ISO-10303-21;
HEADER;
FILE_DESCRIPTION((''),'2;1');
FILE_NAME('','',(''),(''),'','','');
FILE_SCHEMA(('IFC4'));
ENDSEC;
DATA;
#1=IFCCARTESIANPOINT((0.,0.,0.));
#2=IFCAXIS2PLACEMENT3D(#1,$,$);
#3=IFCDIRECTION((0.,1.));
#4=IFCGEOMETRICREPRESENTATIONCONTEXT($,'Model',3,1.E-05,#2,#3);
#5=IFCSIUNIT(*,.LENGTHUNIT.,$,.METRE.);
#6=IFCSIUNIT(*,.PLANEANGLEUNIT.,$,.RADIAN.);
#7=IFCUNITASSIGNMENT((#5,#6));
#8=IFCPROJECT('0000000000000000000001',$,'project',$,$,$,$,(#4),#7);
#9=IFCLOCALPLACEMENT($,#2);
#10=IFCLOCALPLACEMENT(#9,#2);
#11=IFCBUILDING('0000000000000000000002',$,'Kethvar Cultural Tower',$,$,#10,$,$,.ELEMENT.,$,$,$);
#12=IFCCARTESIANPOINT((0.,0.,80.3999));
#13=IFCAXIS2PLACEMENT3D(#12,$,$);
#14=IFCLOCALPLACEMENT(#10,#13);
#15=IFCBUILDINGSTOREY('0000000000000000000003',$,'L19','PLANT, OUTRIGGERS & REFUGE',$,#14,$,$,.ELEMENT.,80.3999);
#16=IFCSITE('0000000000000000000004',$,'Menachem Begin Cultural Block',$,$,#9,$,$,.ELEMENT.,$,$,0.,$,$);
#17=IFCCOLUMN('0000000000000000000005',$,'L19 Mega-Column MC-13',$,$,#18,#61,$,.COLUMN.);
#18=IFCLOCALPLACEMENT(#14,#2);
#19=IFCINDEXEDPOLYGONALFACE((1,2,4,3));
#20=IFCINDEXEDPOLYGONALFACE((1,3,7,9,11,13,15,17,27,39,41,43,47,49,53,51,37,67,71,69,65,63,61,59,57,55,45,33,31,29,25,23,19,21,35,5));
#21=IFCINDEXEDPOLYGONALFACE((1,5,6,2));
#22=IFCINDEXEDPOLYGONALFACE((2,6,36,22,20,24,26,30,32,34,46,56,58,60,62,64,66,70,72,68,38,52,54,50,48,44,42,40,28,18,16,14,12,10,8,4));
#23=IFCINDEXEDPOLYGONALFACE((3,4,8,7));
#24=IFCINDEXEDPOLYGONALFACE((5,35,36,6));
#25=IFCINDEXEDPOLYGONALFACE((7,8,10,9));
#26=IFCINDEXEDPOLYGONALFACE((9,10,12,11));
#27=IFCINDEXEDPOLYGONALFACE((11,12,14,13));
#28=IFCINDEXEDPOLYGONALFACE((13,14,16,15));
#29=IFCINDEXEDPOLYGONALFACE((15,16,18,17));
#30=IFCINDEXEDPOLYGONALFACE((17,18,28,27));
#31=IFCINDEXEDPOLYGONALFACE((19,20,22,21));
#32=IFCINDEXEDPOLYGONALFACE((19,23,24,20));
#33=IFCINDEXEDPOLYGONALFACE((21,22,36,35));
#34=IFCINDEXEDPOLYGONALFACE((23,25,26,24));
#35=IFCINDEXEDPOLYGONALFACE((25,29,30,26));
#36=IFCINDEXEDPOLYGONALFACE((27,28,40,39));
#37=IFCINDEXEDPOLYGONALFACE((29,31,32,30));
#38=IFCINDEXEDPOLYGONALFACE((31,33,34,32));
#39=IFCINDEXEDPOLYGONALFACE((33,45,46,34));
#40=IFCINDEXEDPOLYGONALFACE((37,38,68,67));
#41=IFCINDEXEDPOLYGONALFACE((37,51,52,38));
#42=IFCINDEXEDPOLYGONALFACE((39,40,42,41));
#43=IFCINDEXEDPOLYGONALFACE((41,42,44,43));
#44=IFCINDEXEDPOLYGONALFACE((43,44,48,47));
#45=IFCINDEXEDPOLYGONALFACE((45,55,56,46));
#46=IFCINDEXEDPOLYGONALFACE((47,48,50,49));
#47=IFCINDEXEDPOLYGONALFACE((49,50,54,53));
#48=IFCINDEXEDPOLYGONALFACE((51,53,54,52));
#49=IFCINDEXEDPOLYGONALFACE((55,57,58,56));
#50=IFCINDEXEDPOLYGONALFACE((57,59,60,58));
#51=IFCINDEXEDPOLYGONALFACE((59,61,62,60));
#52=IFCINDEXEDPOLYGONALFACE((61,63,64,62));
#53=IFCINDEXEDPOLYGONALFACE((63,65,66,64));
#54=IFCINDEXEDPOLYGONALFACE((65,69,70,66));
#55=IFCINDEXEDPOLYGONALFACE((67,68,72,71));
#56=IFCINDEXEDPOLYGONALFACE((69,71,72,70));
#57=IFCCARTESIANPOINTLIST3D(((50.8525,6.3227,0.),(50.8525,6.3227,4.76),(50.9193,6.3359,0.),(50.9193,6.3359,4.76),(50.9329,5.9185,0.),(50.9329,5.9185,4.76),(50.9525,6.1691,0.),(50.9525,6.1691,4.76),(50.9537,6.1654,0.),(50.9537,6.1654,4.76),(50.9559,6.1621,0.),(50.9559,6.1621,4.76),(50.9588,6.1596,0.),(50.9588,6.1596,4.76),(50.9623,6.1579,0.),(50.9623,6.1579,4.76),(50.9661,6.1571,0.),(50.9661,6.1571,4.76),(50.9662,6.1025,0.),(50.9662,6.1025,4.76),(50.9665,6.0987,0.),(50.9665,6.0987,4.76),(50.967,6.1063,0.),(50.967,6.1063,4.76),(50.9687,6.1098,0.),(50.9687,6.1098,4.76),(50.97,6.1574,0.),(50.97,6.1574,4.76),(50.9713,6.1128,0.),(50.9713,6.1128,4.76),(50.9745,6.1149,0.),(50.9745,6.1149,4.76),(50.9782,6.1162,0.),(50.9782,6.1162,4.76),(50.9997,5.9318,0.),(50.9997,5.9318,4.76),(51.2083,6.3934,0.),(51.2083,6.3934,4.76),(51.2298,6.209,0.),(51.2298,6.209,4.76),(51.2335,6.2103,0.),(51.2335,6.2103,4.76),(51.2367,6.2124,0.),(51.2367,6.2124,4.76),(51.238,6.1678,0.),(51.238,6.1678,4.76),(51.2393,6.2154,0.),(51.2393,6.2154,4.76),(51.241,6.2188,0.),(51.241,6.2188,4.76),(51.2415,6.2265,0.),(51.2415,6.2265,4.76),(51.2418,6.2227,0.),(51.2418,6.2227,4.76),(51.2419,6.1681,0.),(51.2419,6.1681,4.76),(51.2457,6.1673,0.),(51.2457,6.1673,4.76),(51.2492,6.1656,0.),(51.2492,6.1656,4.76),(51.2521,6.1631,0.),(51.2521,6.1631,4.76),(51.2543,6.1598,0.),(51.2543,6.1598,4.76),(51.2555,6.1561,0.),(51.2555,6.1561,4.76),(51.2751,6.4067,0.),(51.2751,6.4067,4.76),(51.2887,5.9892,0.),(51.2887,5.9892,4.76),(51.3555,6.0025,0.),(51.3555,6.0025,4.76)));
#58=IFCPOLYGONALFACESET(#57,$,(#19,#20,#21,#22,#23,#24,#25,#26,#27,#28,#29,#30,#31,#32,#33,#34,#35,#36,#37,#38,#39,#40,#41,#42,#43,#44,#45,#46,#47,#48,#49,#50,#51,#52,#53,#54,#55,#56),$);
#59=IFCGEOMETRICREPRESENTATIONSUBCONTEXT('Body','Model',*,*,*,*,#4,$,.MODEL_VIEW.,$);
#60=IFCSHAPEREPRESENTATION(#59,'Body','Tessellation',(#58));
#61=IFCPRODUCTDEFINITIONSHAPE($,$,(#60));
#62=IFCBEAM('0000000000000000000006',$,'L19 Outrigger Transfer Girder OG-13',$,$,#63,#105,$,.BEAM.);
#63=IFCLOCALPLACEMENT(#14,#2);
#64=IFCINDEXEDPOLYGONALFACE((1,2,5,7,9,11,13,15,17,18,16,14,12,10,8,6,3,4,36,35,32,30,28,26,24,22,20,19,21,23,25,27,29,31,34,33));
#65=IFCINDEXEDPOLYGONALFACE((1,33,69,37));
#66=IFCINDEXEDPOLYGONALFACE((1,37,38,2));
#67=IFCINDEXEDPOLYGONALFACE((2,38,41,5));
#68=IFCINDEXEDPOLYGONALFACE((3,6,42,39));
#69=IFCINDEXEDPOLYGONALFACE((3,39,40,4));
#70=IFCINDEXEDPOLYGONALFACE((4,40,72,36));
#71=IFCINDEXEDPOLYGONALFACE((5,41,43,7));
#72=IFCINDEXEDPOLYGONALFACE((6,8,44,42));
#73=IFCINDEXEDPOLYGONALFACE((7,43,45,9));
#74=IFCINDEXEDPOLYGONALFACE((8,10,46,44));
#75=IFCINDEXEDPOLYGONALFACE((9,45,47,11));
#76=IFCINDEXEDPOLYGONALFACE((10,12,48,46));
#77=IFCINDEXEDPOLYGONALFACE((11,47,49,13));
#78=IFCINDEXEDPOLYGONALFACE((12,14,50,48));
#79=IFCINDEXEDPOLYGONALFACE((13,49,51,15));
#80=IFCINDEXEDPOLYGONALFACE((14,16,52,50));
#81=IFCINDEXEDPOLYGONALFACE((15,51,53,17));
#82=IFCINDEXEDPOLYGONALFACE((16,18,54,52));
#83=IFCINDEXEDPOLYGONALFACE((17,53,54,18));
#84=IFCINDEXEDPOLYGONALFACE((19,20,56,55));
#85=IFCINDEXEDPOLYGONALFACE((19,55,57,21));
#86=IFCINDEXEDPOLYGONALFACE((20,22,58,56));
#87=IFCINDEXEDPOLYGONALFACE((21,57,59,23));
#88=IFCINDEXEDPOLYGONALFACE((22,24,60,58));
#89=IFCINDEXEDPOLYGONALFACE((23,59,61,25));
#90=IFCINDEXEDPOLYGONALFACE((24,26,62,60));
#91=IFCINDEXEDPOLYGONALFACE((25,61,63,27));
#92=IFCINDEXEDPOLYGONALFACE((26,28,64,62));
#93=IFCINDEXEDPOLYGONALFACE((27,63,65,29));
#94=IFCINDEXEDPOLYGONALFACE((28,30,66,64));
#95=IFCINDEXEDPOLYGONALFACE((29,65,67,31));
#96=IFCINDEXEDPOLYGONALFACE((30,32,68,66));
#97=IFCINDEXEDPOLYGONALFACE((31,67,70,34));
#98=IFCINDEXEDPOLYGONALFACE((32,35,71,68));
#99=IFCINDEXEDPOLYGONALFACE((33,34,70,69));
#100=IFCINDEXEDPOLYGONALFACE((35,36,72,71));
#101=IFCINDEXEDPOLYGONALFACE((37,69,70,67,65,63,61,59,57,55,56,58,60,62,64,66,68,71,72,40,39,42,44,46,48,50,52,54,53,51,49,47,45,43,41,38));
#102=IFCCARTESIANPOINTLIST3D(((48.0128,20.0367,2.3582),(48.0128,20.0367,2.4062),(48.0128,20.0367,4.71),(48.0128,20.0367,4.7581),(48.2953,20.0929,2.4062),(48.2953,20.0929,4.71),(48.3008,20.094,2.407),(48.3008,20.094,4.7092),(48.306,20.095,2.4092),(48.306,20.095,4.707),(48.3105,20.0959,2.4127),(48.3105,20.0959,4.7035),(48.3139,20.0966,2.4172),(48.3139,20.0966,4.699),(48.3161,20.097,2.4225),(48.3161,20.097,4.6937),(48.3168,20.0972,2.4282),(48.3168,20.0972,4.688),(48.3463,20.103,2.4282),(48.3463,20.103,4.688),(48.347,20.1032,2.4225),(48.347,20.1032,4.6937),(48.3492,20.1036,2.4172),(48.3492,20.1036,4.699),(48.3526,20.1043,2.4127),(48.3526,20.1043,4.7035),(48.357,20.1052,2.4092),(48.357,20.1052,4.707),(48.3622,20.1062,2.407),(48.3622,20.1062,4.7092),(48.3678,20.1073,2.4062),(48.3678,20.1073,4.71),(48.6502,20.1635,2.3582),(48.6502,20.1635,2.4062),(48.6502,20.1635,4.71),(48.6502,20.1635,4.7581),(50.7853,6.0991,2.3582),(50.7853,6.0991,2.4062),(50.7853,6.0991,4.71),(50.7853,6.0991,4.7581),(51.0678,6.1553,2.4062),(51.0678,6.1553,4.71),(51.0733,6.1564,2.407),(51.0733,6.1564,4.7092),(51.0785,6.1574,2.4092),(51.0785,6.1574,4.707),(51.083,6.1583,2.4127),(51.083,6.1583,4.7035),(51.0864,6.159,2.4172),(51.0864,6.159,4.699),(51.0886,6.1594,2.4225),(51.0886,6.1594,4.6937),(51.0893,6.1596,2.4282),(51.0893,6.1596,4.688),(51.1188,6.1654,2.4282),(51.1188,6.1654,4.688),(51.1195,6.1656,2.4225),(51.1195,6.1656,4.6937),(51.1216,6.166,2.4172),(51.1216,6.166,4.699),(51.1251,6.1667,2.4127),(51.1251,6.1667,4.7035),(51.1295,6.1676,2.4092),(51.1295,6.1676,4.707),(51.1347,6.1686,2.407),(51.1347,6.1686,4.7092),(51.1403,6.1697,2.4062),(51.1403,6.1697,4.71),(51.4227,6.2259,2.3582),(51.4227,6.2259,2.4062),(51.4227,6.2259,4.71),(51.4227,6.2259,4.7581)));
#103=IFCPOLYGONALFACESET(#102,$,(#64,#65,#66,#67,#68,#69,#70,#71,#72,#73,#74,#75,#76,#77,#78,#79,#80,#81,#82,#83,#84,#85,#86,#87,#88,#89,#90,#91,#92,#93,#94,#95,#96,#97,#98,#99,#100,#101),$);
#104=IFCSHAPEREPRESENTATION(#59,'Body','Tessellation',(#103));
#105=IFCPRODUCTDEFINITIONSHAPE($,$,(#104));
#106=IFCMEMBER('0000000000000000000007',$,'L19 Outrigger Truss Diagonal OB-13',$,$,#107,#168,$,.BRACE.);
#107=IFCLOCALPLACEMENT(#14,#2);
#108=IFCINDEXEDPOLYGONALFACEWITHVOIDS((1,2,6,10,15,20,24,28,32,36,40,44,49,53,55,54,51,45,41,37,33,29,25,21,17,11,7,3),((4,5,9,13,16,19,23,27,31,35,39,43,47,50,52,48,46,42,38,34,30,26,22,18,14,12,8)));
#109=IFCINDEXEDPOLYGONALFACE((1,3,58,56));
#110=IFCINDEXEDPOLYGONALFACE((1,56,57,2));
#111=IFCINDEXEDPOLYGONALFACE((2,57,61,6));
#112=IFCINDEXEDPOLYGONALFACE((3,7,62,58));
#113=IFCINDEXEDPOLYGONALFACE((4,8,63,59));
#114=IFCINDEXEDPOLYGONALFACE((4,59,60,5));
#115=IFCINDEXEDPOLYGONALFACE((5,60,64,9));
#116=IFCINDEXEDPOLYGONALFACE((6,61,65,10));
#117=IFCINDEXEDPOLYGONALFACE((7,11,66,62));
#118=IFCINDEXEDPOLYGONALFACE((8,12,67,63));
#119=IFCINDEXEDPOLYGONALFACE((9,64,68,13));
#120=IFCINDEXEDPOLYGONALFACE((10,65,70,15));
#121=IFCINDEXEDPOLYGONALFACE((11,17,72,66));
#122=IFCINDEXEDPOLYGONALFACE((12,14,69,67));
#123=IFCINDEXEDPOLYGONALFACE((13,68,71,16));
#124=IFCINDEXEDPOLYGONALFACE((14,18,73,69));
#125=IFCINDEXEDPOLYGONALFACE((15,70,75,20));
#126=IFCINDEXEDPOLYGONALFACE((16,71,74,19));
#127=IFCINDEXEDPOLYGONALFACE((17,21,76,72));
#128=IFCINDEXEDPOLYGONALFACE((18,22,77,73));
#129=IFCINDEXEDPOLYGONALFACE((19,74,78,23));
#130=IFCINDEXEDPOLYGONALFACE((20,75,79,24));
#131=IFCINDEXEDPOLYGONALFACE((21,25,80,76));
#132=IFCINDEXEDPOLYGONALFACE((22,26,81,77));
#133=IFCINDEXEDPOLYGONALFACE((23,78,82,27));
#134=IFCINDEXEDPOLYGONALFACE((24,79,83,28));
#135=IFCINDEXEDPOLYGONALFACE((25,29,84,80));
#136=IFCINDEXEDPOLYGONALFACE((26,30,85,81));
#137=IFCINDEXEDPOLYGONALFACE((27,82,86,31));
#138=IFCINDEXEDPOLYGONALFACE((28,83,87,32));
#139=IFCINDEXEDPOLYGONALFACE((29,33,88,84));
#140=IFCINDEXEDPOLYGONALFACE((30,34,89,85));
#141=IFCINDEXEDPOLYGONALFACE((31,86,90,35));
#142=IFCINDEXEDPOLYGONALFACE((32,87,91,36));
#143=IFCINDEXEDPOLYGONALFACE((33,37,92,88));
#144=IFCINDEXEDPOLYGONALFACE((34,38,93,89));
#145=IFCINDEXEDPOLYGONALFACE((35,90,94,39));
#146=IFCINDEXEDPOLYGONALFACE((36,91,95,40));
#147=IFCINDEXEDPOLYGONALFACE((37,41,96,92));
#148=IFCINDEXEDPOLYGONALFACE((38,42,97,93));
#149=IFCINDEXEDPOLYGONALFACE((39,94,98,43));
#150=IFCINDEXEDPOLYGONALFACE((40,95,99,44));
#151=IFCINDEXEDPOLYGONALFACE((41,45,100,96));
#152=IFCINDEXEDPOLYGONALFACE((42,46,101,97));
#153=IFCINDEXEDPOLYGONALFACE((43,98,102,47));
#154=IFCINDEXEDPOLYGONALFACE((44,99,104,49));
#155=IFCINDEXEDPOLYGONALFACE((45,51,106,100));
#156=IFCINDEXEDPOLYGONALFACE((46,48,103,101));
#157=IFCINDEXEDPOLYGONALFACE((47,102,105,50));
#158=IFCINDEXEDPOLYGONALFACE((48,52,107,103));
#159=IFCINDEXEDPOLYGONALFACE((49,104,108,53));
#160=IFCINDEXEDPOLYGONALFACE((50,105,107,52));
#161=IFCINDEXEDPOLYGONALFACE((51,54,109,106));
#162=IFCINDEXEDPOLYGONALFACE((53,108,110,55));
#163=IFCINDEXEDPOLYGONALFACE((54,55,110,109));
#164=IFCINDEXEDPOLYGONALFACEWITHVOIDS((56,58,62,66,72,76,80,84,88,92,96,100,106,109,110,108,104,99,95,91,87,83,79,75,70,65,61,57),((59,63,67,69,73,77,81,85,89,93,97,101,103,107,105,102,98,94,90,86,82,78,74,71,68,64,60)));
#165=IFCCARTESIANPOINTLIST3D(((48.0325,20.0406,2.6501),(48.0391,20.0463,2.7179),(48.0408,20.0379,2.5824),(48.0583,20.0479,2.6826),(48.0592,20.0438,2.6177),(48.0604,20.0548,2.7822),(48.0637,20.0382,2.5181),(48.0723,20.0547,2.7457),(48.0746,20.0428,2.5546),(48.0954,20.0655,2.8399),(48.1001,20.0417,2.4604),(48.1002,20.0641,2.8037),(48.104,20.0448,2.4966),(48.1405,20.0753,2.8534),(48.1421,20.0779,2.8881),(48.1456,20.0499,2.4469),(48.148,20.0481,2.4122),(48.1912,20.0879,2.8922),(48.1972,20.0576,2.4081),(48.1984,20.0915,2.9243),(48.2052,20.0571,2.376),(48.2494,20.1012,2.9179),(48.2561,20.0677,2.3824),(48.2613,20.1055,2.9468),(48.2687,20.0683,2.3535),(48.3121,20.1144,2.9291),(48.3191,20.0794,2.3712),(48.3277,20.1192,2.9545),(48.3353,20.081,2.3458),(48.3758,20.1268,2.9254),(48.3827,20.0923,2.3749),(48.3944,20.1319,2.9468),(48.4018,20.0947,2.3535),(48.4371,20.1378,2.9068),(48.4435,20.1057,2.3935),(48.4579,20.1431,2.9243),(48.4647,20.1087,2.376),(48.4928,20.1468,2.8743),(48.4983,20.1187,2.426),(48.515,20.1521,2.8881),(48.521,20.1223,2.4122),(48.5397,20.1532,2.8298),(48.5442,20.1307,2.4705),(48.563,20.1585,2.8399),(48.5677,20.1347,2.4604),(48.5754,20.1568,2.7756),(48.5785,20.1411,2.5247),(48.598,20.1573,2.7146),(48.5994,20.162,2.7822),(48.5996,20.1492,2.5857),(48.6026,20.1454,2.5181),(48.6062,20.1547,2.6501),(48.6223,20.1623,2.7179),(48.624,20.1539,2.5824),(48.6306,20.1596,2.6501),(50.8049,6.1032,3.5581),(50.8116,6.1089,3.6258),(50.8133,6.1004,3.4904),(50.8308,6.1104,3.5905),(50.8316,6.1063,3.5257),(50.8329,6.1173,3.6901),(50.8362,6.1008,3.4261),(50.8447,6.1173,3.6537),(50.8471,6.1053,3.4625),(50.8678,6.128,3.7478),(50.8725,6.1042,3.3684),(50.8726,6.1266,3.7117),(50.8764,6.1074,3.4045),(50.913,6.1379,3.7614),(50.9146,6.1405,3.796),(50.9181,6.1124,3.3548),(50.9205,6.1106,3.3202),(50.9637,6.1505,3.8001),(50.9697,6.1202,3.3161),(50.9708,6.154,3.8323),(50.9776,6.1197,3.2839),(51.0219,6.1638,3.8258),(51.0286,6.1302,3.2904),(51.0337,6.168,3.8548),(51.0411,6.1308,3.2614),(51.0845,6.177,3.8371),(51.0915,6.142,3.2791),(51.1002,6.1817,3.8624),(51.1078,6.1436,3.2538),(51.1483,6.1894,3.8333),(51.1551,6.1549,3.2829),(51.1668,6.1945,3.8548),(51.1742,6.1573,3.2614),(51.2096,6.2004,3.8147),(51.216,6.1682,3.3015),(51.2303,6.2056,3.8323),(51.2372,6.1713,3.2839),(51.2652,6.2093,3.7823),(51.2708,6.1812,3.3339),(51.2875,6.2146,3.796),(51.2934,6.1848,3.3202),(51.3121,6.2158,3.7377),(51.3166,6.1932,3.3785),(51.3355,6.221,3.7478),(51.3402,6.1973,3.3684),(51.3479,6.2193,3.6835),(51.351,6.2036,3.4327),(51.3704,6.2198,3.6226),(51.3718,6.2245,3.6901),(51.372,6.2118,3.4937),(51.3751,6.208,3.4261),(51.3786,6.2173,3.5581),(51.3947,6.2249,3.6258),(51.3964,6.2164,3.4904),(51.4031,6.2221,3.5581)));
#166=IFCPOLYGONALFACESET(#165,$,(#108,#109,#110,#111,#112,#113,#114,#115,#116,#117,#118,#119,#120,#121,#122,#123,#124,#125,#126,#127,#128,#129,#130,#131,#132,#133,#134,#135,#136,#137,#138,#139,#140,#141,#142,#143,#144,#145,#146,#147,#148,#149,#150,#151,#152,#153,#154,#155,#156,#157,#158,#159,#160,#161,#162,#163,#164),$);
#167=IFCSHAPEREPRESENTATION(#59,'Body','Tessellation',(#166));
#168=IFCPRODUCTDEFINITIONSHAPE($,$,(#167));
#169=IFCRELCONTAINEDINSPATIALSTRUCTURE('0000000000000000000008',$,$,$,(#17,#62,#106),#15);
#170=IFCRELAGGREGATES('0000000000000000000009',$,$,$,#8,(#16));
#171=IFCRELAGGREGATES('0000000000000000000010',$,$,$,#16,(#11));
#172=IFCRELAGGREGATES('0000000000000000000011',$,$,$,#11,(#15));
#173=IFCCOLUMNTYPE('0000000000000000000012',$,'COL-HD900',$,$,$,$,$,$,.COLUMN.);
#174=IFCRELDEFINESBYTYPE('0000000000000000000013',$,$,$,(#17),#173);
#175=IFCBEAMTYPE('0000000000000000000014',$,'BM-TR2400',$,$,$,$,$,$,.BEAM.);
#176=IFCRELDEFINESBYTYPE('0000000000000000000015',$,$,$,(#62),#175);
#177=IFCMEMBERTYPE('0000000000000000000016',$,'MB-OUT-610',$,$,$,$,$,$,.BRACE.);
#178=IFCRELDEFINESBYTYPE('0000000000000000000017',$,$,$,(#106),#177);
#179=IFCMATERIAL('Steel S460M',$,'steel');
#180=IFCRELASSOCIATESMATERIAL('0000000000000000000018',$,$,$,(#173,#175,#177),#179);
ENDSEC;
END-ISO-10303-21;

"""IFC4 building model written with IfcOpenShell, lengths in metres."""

from ifc_helpers import new_model, si_unit, direction, frame, origin, origin_2d, place, context, subcontext, project, spatial, hollow_circle, i_section, extrude, source, transform, mapped, material, material_profile, profile_set, type_object, element, save


model = new_model("IFC4")

# Units and contexts
model_context = context("Model", 3, precision=1e-05, world=origin(), true_north=direction((0.0, 1.0)))
body_context = subcontext(model_context, "Body", "Model", "MODEL_VIEW")
ifc_project = project(units=[si_unit("LENGTHUNIT", "METRE"), si_unit("PLANEANGLEUNIT", "RADIAN")], contexts=[model_context])

# Site, building, storey
site_placement = place(None, origin())
site = spatial("IfcSite", under=ifc_project, at=site_placement, Name="Menachem Begin Cultural Block", CompositionType="ELEMENT", RefElevation=0.0)
building_placement = place(site_placement, origin())
building = spatial("IfcBuilding", under=site, at=building_placement, Name="Kethvar Cultural Tower", CompositionType="ELEMENT")
storey_placement = place(building_placement, frame((0.0, 0.0, 80.3999)))
storey = spatial("IfcBuildingStorey", under=building, at=storey_placement, Name="L19", Description="PLANT, OUTRIGGERS & REFUGE", CompositionType="ELEMENT", Elevation=80.3999)

# Column
ifc_material_1 = material(Name="Steel S460M", Category="steel")
ifc_material_profile_1 = material_profile(ifc_material_1, i_section(OverallWidth=0.4121, OverallDepth=0.4309, WebThickness=0.042, FlangeThickness=0.0681, FilletRadius=0.0149, at=origin_2d()), Name="Steel S460M — HD400x900")
ifc_profile_set_1 = profile_set([ifc_material_profile_1], Name="Steel S460M — HD400x900")
column_type = type_object("IfcColumnType", Name="COL-HD900", PredefinedType="COLUMN", material=ifc_profile_set_1)
shared_shape_1 = source(origin(), body_context, "Body", "SweptSolid", [
    extrude(i_section(OverallWidth=0.4121, OverallDepth=0.4309, WebThickness=0.042, FlangeThickness=0.0681, FilletRadius=0.0149, at=origin_2d()), origin(), (0.0, 0.0, 1.0), 4.76),
])
column_placement = place(storey_placement, frame((51.104, 6.1626, 0.0), z_axis=(0.0, 0.0, 1.0), x_axis=(0.19509, -0.980785, 0.0)))
element("IfcColumn", 1, at=column_placement, inside=storey, type_object=column_type, Name="L19 Mega-Column MC-13", PredefinedType="COLUMN", context=body_context, shape_type="MappedRepresentation", body=[
    mapped(shared_shape_1, transform((0.0, 0.0, 0.0), scale=1.0)),
])

# Beam
ifc_material_profile_2 = material_profile(ifc_material_1, i_section(OverallWidth=0.6499, OverallDepth=2.3999, WebThickness=0.03, FlangeThickness=0.0481, FilletRadius=0.022, at=origin_2d()), Name="Steel S460M — PG2400x650x48x30")
ifc_profile_set_2 = profile_set([ifc_material_profile_2], Name="Steel S460M — PG2400x650x48x30")
beam_type = type_object("IfcBeamType", Name="BM-TR2400", PredefinedType="BEAM", material=ifc_profile_set_2)
shared_shape_2 = source(origin(), body_context, "Body", "SweptSolid", [
    extrude(i_section(OverallWidth=0.6499, OverallDepth=2.3999, WebThickness=0.03, FlangeThickness=0.0481, FilletRadius=0.022, at=origin_2d()), origin(), (0.0, 0.0, 1.0), 14.2107),
])
beam_1_placement = place(storey_placement, frame((48.3315, 20.1001, 3.5581), z_axis=(0.195098, -0.980784, 0.0), x_axis=(0.980784, 0.195098, 0.0)))
element("IfcBeam", 2, at=beam_1_placement, inside=storey, type_object=beam_type, Name="L19 Outrigger Transfer Girder OG-13", PredefinedType="BEAM", context=body_context, shape_type="MappedRepresentation", body=[
    mapped(shared_shape_2, transform((0.0, 0.0, 0.0), scale=1.0)),
])

# Member
ifc_material_profile_3 = material_profile(ifc_material_1, hollow_circle(Radius=0.3049, WallThickness=0.0249, at=origin_2d()), Name="Steel S460M — CHS610x25")
ifc_profile_set_3 = profile_set([ifc_material_profile_3], Name="Steel S460M — CHS610x25")
member_type_1 = type_object("IfcMemberType", Name="MB-OUT-610", PredefinedType="BRACE", material=ifc_profile_set_3)
shared_shape_3 = source(origin(), body_context, "Body", "SweptSolid", [
    extrude(hollow_circle(Radius=0.3049, WallThickness=0.0249, at=origin_2d()), origin(), (0.0, 0.0, 1.0), 14.2395),
])
member_1_placement = place(storey_placement, frame((48.3315, 20.1001, 2.6501), z_axis=(0.194701, -0.978788, 0.063763), x_axis=(0.980784, 0.195098, 0.0)))
element("IfcMember", 3, at=member_1_placement, inside=storey, type_object=member_type_1, Name="L19 Outrigger Truss Diagonal OB-13", PredefinedType="BRACE", context=body_context, shape_type="MappedRepresentation", body=[
    mapped(shared_shape_3, transform((0.0, 0.0, 0.0), scale=1.0)),
])

save(model, "model.ifc")
